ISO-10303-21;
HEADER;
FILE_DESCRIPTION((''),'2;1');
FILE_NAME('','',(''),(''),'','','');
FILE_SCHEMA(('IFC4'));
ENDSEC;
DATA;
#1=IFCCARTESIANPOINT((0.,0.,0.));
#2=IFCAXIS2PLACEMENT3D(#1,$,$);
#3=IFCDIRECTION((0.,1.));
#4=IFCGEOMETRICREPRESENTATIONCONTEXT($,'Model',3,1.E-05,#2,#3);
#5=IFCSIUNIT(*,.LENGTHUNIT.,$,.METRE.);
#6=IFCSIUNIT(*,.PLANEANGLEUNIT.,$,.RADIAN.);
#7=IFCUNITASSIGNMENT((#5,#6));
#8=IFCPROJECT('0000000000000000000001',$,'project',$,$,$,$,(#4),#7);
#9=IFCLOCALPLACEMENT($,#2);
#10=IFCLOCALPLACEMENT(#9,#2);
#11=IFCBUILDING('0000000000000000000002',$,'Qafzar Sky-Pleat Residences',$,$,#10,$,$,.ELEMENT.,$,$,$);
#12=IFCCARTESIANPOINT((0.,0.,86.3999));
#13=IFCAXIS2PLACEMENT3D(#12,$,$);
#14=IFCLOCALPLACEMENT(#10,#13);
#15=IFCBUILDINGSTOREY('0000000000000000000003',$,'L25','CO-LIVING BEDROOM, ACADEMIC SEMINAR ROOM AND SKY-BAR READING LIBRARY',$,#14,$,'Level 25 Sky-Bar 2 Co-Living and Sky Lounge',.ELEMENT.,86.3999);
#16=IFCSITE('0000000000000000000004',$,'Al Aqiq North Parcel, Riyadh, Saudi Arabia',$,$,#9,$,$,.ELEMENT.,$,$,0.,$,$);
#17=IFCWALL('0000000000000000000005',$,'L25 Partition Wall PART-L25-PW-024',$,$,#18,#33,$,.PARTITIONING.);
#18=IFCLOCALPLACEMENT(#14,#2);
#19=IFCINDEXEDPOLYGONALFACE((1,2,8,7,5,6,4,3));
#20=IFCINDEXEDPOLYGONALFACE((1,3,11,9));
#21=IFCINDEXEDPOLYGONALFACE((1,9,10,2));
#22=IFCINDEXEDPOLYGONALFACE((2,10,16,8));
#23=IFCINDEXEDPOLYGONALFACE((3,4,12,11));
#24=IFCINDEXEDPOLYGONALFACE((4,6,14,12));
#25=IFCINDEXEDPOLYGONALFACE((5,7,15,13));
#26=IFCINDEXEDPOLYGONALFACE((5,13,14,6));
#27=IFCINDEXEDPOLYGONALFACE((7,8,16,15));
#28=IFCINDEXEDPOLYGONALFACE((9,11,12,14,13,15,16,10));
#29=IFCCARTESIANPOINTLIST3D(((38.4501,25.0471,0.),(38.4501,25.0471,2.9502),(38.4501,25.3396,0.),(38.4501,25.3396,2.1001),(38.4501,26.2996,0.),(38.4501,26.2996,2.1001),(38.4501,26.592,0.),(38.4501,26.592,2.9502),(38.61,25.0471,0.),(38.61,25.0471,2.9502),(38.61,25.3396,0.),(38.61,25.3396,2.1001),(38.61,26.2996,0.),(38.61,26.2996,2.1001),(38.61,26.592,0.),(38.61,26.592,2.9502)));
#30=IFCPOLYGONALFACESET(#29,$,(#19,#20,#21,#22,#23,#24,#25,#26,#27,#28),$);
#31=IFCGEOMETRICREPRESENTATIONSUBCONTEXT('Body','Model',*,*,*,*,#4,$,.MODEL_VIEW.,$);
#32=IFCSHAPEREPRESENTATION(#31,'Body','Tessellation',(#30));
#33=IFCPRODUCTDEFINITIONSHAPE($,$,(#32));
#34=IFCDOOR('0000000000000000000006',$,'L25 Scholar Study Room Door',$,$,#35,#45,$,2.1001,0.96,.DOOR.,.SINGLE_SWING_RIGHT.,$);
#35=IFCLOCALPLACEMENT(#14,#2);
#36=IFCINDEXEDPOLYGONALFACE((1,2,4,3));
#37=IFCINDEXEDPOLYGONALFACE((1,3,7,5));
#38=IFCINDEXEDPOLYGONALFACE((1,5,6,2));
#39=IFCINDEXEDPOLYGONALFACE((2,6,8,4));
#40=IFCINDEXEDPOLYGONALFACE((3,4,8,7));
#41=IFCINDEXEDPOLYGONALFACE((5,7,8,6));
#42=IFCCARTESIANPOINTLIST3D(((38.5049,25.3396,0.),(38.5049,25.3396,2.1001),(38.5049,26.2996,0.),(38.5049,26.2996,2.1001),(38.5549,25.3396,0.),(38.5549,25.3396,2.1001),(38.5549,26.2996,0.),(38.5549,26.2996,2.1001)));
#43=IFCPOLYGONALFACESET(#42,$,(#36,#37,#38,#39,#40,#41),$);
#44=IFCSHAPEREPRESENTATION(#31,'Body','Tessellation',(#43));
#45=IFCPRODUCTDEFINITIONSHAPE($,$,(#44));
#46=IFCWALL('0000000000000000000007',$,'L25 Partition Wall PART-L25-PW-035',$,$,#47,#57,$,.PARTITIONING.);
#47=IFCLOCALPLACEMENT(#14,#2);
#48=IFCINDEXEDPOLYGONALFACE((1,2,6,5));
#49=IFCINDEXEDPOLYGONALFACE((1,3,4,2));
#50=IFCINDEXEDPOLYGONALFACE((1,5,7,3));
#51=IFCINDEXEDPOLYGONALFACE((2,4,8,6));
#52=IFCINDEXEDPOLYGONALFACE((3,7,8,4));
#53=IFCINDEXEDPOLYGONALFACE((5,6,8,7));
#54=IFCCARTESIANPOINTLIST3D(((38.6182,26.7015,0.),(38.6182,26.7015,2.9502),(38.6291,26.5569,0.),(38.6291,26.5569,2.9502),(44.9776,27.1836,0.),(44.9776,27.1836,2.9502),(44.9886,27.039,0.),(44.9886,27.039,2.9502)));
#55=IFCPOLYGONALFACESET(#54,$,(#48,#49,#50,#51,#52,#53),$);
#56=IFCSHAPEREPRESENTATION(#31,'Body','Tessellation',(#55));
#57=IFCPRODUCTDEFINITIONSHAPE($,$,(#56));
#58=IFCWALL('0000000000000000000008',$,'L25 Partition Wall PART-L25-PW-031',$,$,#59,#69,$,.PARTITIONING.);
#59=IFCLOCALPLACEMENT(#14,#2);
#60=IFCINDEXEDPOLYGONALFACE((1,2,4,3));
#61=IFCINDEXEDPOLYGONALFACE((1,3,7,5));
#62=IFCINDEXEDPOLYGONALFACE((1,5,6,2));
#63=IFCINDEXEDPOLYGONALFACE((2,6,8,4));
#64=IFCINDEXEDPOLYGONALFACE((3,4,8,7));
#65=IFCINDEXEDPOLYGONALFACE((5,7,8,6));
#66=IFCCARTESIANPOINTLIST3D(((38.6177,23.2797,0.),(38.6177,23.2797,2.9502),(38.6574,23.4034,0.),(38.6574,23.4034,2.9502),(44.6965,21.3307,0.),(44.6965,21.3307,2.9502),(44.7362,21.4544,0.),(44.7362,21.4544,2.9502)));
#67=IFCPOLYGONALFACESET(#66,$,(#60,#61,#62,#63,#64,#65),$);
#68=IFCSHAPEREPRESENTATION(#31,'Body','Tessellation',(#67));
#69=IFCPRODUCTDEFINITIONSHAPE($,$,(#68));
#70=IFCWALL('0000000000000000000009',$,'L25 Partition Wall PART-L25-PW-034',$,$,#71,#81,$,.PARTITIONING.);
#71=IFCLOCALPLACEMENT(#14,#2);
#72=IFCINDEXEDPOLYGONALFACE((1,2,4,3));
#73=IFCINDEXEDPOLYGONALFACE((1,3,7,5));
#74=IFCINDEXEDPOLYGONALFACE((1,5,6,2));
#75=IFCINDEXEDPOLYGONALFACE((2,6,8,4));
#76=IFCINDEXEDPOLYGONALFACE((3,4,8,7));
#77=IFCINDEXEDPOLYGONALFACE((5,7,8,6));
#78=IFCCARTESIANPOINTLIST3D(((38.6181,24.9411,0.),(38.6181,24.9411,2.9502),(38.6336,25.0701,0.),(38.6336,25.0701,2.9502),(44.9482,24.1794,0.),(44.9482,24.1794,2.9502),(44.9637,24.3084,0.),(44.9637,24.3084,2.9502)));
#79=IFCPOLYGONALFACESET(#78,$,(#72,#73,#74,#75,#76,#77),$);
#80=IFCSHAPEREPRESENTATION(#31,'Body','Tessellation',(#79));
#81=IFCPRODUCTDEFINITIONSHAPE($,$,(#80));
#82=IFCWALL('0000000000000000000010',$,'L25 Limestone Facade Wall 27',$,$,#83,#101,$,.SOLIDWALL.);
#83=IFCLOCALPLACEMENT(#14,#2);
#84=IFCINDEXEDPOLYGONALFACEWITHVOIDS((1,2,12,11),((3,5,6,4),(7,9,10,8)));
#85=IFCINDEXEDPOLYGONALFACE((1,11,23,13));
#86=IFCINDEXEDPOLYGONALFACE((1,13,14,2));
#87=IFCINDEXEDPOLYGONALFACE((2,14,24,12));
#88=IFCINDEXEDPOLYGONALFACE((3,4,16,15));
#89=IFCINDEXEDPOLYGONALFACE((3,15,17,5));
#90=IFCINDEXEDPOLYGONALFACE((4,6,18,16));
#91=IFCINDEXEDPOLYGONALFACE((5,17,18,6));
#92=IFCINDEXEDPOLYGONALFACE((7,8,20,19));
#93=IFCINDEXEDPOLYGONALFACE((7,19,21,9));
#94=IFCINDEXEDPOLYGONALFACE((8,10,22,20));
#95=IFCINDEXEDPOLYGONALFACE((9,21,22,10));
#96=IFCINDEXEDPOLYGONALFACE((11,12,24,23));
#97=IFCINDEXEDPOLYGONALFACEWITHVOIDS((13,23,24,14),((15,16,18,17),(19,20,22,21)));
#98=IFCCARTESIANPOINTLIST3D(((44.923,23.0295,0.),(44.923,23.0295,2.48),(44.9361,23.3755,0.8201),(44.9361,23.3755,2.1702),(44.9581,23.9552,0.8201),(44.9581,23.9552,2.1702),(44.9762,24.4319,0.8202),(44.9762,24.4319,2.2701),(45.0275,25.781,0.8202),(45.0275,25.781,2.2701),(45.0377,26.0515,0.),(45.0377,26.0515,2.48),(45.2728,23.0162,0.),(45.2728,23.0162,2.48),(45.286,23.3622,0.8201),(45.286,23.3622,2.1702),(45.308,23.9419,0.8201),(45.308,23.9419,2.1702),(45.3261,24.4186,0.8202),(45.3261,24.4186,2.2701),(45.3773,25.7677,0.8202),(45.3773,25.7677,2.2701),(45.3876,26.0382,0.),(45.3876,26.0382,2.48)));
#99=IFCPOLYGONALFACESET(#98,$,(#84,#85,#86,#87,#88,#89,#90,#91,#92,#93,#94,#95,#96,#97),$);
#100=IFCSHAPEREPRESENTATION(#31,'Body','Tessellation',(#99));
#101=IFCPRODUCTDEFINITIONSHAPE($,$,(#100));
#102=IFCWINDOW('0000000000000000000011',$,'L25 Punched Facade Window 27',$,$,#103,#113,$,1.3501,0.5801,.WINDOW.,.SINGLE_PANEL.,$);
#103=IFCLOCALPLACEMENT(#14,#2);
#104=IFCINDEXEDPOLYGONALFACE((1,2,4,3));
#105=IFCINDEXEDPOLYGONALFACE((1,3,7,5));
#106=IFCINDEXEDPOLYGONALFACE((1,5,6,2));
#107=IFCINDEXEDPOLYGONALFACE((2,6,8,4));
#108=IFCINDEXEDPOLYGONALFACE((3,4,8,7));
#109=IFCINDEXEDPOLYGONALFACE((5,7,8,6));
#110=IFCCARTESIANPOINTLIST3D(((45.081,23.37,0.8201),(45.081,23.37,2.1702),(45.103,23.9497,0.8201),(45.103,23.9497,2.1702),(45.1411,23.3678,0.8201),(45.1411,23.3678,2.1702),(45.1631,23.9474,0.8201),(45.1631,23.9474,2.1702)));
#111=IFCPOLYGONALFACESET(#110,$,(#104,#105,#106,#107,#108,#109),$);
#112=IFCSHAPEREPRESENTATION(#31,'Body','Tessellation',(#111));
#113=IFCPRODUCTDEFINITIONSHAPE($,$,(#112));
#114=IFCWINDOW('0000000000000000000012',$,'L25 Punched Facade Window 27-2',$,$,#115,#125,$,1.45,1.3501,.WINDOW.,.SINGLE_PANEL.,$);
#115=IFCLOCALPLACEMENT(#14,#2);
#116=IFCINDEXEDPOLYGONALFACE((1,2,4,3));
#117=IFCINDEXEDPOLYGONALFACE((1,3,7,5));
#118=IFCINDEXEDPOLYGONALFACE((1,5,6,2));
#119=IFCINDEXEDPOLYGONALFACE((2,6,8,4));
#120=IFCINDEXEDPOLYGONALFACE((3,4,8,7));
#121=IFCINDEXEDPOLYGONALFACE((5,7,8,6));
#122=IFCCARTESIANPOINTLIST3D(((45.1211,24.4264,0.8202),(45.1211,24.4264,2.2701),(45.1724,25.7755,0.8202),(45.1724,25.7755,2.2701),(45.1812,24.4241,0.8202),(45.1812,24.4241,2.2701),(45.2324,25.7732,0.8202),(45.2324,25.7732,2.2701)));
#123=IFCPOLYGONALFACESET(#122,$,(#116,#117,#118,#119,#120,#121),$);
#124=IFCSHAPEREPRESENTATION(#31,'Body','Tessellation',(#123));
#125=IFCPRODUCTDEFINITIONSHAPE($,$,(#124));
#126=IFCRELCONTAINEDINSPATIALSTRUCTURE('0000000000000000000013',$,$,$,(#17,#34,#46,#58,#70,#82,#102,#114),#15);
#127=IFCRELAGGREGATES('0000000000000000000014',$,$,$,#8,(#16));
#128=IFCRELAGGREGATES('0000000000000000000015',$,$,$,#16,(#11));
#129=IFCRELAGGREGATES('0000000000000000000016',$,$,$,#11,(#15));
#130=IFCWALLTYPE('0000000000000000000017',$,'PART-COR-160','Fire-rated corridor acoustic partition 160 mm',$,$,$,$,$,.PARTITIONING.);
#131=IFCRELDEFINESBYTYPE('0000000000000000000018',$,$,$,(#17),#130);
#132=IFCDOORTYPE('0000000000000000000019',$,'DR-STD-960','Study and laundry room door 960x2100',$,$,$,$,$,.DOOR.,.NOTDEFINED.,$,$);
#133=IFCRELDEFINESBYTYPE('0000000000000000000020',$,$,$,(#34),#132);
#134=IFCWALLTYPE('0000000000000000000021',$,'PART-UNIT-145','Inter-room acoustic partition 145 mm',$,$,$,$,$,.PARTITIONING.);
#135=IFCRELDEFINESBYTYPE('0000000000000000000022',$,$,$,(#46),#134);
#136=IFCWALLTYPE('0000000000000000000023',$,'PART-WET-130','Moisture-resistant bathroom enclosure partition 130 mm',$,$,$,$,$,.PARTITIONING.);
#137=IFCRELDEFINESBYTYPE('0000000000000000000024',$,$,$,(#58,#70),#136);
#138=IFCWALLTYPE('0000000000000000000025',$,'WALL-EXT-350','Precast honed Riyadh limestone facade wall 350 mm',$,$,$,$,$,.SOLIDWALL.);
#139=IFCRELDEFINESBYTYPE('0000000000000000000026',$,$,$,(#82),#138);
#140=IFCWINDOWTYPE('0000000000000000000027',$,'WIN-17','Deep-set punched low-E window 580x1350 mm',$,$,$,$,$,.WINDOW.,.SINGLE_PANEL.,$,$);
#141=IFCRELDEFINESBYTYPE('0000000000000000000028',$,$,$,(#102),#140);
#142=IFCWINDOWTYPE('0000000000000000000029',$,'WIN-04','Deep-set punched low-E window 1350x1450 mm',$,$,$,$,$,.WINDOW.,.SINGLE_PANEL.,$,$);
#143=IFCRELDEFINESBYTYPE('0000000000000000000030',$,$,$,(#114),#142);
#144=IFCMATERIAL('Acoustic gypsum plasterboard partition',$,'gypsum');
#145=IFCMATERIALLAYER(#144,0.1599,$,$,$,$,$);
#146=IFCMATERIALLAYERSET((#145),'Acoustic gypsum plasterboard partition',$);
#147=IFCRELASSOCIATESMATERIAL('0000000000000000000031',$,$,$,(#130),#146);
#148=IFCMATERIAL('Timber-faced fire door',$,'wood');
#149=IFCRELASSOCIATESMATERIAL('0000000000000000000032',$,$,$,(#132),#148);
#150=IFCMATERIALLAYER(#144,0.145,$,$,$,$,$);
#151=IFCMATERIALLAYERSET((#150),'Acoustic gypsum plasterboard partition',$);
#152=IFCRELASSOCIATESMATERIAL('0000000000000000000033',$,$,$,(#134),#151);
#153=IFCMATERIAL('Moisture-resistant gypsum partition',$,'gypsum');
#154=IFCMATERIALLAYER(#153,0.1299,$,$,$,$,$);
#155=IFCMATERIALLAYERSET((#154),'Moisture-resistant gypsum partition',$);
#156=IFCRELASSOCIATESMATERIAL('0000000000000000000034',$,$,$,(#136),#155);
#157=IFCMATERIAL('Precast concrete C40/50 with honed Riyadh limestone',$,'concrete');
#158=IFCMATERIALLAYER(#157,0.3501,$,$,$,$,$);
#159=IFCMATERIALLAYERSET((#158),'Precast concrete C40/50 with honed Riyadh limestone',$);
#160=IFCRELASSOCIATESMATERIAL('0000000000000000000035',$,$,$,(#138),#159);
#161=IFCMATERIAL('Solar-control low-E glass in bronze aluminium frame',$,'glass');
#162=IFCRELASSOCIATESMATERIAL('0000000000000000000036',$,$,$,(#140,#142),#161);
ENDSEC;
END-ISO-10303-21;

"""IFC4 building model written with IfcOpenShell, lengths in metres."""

from ifc_helpers import new_model, si_unit, direction, frame, frame_2d, origin, place, context, subcontext, project, spatial, rectangle, extrude, source, transform, mapped, material, layer, layer_set, type_object, element, fill, save


model = new_model("IFC4")

# Units and contexts
model_context = context("Model", 3, precision=1e-05, world=origin(), true_north=direction((0.0, 1.0)))
body_context = subcontext(model_context, "Body", "Model", "MODEL_VIEW")
ifc_project = project(units=[si_unit("LENGTHUNIT", "METRE"), si_unit("PLANEANGLEUNIT", "RADIAN")], contexts=[model_context])

# Site, building, storey
site_placement = place(None, origin())
site = spatial("IfcSite", under=ifc_project, at=site_placement, Name="Al Aqiq North Parcel, Riyadh, Saudi Arabia", CompositionType="ELEMENT", RefElevation=0.0)
building_placement = place(site_placement, origin())
building = spatial("IfcBuilding", under=site, at=building_placement, Name="Qafzar Sky-Pleat Residences", CompositionType="ELEMENT")
storey_placement = place(building_placement, frame((0.0, 0.0, 86.3999)))
storey = spatial("IfcBuildingStorey", under=building, at=storey_placement, Name="L25", Description="CO-LIVING BEDROOM, ACADEMIC SEMINAR ROOM AND SKY-BAR READING LIBRARY", LongName="Level 25 Sky-Bar 2 Co-Living and Sky Lounge", CompositionType="ELEMENT", Elevation=86.3999)

# Wall, opening, door
ifc_material_1 = material(Name="Acoustic gypsum plasterboard partition", Category="gypsum")
ifc_layer_1 = layer(ifc_material_1, 0.1599)
ifc_layer_set_1 = layer_set([ifc_layer_1], Name="Acoustic gypsum plasterboard partition")
wall_type_1 = type_object("IfcWallType", Name="PART-COR-160", Description="Fire-rated corridor acoustic partition 160 mm", PredefinedType="PARTITIONING", material=ifc_layer_set_1)
ifc_material_2 = material(Name="Timber-faced fire door", Category="wood")
door_type_1 = type_object("IfcDoorType", Name="DR-STD-960", Description="Study and laundry room door 960x2100", OperationType="NOTDEFINED", PredefinedType="DOOR", material=ifc_material_2)
shared_shape_1 = source(origin(), body_context, "Body", "SweptSolid", [
    extrude(rectangle(XDim=0.96, YDim=2.1001, at=frame_2d((0.48, 1.05))), frame((0.0, 0.0249, 0.0), z_axis=(0.0, -1.0, 0.0), x_axis=(1.0, 0.0, 0.0)), (0.0, 0.0, 1.0), 0.05),
])
wall_1_placement = place(storey_placement, frame((38.53, 26.592, 0.0), z_axis=(0.0, 0.0, 1.0), x_axis=(0.0, -1.0, 0.0)))
wall_1 = element("IfcWall", 1, at=wall_1_placement, inside=storey, type_object=wall_type_1, Name="L25 Partition Wall PART-L25-PW-024", PredefinedType="PARTITIONING", context=body_context, shape_type="SweptSolid", body=[
    extrude(rectangle(XDim=1.5449, YDim=0.1599, at=frame_2d((0.7725, 0.0))), origin(), (0.0, 0.0, 1.0), 2.9502),
])
opening_1_placement = place(wall_1_placement, frame((0.2925, 0.0, 0.0)))
opening_1 = element("IfcOpeningElement", 2, at=opening_1_placement, cuts=wall_1, PredefinedType="OPENING", context=body_context, shape_type="SweptSolid", body=[
    extrude(rectangle(XDim=0.96, YDim=2.1001, at=frame_2d((0.48, 1.05))), frame((0.0, 0.0898, 0.0), z_axis=(0.0, -1.0, 0.0), x_axis=(1.0, 0.0, 0.0)), (0.0, 0.0, 1.0), 0.1799),
])
door_1_placement = place(opening_1_placement, origin())
door_1 = element("IfcDoor", 3, at=door_1_placement, inside=storey, type_object=door_type_1, Name="L25 Scholar Study Room Door", OperationType="SINGLE_SWING_RIGHT", OverallHeight=2.1001, OverallWidth=0.96, PredefinedType="DOOR", context=body_context, shape_type="MappedRepresentation", body=[
    mapped(shared_shape_1, transform((0.0, 0.0, 0.0), x_axis=(1.0, 0.0, 0.0), y_axis=(0.0, 1.0, 0.0), z_axis=(0.0, 0.0, 1.0), scale=1.0)),
])
fill(opening_1, door_1)

# Walls
ifc_layer_2 = layer(ifc_material_1, 0.145)
ifc_layer_set_2 = layer_set([ifc_layer_2], Name="Acoustic gypsum plasterboard partition")
wall_type_2 = type_object("IfcWallType", Name="PART-UNIT-145", Description="Inter-room acoustic partition 145 mm", PredefinedType="PARTITIONING", material=ifc_layer_set_2)
wall_2_placement = place(storey_placement, frame((38.6235, 26.6292, 0.0), z_axis=(0.0, 0.0, 1.0), x_axis=(0.997138, 0.075605, 0.0)))
element("IfcWall", 4, at=wall_2_placement, inside=storey, type_object=wall_type_2, Name="L25 Partition Wall PART-L25-PW-035", PredefinedType="PARTITIONING", context=body_context, shape_type="SweptSolid", body=[
    extrude(rectangle(XDim=6.3777, YDim=0.145, at=frame_2d((3.189, 0.0))), origin(), (0.0, 0.0, 1.0), 2.9502),
])
ifc_material_3 = material(Name="Moisture-resistant gypsum partition", Category="gypsum")
ifc_layer_3 = layer(ifc_material_3, 0.1299)
ifc_layer_set_3 = layer_set([ifc_layer_3], Name="Moisture-resistant gypsum partition")
wall_type_3 = type_object("IfcWallType", Name="PART-WET-130", Description="Moisture-resistant bathroom enclosure partition 130 mm", PredefinedType="PARTITIONING", material=ifc_layer_set_3)
wall_3_placement = place(storey_placement, frame((38.6375, 23.3416, 0.0), z_axis=(0.0, 0.0, 1.0), x_axis=(0.952254, -0.305307, 0.0)))
element("IfcWall", 5, at=wall_3_placement, inside=storey, type_object=wall_type_3, Name="L25 Partition Wall PART-L25-PW-031", PredefinedType="PARTITIONING", context=body_context, shape_type="SweptSolid", body=[
    extrude(rectangle(XDim=6.3835, YDim=0.1299, at=frame_2d((3.1919, 0.0))), origin(), (0.0, 0.0, 1.0), 2.9502),
])
wall_4_placement = place(storey_placement, frame((38.6257, 25.0056, 0.0), z_axis=(0.0, 0.0, 1.0), x_axis=(0.992838, -0.119471, 0.0)))
element("IfcWall", 6, at=wall_4_placement, inside=storey, type_object=wall_type_3, Name="L25 Partition Wall PART-L25-PW-034", PredefinedType="PARTITIONING", context=body_context, shape_type="SweptSolid", body=[
    extrude(rectangle(XDim=6.3757, YDim=0.1299, at=frame_2d((3.188, 0.0))), origin(), (0.0, 0.0, 1.0), 2.9502),
])

# Wall, openings, windows
ifc_material_4 = material(Name="Precast concrete C40/50 with honed Riyadh limestone", Category="concrete")
ifc_layer_4 = layer(ifc_material_4, 0.3501)
ifc_layer_set_4 = layer_set([ifc_layer_4], Name="Precast concrete C40/50 with honed Riyadh limestone")
wall_type_4 = type_object("IfcWallType", Name="WALL-EXT-350", Description="Precast honed Riyadh limestone facade wall 350 mm", PredefinedType="SOLIDWALL", material=ifc_layer_set_4)
wall_5_placement = place(storey_placement, frame((45.0979, 23.0227, 0.0), z_axis=(0.0, 0.0, 1.0), x_axis=(0.037943, 0.99928, 0.0)))
wall_5 = element("IfcWall", 7, at=wall_5_placement, inside=storey, type_object=wall_type_4, Name="L25 Limestone Facade Wall 27", PredefinedType="SOLIDWALL", context=body_context, shape_type="SweptSolid", body=[
    extrude(rectangle(XDim=3.0242, YDim=0.3501, at=frame_2d((1.5122, 0.0))), origin(), (0.0, 0.0, 1.0), 2.48),
])
opening_2_placement = place(wall_5_placement, frame((0.3464, 0.0, 0.8201)))
opening_2 = element("IfcOpeningElement", 8, at=opening_2_placement, cuts=wall_5, PredefinedType="OPENING", context=body_context, shape_type="SweptSolid", body=[
    extrude(rectangle(XDim=0.5801, YDim=1.3501, at=frame_2d((0.29, 0.675))), frame((0.0, 0.1851, 0.0), z_axis=(0.0, -1.0, 0.0), x_axis=(1.0, 0.0, 0.0)), (0.0, 0.0, 1.0), 0.3701),
])
opening_3_placement = place(wall_5_placement, frame((1.4036, 0.0, 0.8201)))
opening_3 = element("IfcOpeningElement", 9, at=opening_3_placement, cuts=wall_5, PredefinedType="OPENING", context=body_context, shape_type="SweptSolid", body=[
    extrude(rectangle(XDim=1.3501, YDim=1.45, at=frame_2d((0.675, 0.7251))), frame((0.0, 0.1851, 0.0), z_axis=(0.0, -1.0, 0.0), x_axis=(1.0, 0.0, 0.0)), (0.0, 0.0, 1.0), 0.3701),
])
ifc_material_5 = material(Name="Solar-control low-E glass in bronze aluminium frame", Category="glass")
window_type_1 = type_object("IfcWindowType", Name="WIN-17", Description="Deep-set punched low-E window 580x1350 mm", PartitioningType="SINGLE_PANEL", PredefinedType="WINDOW", material=ifc_material_5)
shared_shape_2 = source(origin(), body_context, "Body", "SweptSolid", [
    extrude(rectangle(XDim=0.5801, YDim=1.3501, at=frame_2d((0.29, 0.675))), frame((0.0, 0.03, 0.0), z_axis=(0.0, -1.0, 0.0), x_axis=(1.0, 0.0, 0.0)), (0.0, 0.0, 1.0), 0.0601),
])
window_1_placement = place(opening_2_placement, origin())
window_1 = element("IfcWindow", 10, at=window_1_placement, inside=storey, type_object=window_type_1, Name="L25 Punched Facade Window 27", OverallHeight=1.3501, OverallWidth=0.5801, PartitioningType="SINGLE_PANEL", PredefinedType="WINDOW", context=body_context, shape_type="MappedRepresentation", body=[
    mapped(shared_shape_2, transform((0.0, 0.0, 0.0), x_axis=(1.0, 0.0, 0.0), y_axis=(0.0, 1.0, 0.0), z_axis=(0.0, 0.0, 1.0), scale=1.0)),
])
fill(opening_2, window_1)
window_type_2 = type_object("IfcWindowType", Name="WIN-04", Description="Deep-set punched low-E window 1350x1450 mm", PartitioningType="SINGLE_PANEL", PredefinedType="WINDOW", material=ifc_material_5)
shared_shape_3 = source(origin(), body_context, "Body", "SweptSolid", [
    extrude(rectangle(XDim=1.3501, YDim=1.45, at=frame_2d((0.675, 0.7251))), frame((0.0, 0.03, 0.0), z_axis=(0.0, -1.0, 0.0), x_axis=(1.0, 0.0, 0.0)), (0.0, 0.0, 1.0), 0.0601),
])
window_2_placement = place(opening_3_placement, origin())
window_2 = element("IfcWindow", 11, at=window_2_placement, inside=storey, type_object=window_type_2, Name="L25 Punched Facade Window 27-2", OverallHeight=1.45, OverallWidth=1.3501, PartitioningType="SINGLE_PANEL", PredefinedType="WINDOW", context=body_context, shape_type="MappedRepresentation", body=[
    mapped(shared_shape_3, transform((0.0, 0.0, 0.0), x_axis=(1.0, 0.0, 0.0), y_axis=(0.0, 1.0, 0.0), z_axis=(0.0, 0.0, 1.0), scale=1.0)),
])
fill(opening_3, window_2)

save(model, "model.ifc")
